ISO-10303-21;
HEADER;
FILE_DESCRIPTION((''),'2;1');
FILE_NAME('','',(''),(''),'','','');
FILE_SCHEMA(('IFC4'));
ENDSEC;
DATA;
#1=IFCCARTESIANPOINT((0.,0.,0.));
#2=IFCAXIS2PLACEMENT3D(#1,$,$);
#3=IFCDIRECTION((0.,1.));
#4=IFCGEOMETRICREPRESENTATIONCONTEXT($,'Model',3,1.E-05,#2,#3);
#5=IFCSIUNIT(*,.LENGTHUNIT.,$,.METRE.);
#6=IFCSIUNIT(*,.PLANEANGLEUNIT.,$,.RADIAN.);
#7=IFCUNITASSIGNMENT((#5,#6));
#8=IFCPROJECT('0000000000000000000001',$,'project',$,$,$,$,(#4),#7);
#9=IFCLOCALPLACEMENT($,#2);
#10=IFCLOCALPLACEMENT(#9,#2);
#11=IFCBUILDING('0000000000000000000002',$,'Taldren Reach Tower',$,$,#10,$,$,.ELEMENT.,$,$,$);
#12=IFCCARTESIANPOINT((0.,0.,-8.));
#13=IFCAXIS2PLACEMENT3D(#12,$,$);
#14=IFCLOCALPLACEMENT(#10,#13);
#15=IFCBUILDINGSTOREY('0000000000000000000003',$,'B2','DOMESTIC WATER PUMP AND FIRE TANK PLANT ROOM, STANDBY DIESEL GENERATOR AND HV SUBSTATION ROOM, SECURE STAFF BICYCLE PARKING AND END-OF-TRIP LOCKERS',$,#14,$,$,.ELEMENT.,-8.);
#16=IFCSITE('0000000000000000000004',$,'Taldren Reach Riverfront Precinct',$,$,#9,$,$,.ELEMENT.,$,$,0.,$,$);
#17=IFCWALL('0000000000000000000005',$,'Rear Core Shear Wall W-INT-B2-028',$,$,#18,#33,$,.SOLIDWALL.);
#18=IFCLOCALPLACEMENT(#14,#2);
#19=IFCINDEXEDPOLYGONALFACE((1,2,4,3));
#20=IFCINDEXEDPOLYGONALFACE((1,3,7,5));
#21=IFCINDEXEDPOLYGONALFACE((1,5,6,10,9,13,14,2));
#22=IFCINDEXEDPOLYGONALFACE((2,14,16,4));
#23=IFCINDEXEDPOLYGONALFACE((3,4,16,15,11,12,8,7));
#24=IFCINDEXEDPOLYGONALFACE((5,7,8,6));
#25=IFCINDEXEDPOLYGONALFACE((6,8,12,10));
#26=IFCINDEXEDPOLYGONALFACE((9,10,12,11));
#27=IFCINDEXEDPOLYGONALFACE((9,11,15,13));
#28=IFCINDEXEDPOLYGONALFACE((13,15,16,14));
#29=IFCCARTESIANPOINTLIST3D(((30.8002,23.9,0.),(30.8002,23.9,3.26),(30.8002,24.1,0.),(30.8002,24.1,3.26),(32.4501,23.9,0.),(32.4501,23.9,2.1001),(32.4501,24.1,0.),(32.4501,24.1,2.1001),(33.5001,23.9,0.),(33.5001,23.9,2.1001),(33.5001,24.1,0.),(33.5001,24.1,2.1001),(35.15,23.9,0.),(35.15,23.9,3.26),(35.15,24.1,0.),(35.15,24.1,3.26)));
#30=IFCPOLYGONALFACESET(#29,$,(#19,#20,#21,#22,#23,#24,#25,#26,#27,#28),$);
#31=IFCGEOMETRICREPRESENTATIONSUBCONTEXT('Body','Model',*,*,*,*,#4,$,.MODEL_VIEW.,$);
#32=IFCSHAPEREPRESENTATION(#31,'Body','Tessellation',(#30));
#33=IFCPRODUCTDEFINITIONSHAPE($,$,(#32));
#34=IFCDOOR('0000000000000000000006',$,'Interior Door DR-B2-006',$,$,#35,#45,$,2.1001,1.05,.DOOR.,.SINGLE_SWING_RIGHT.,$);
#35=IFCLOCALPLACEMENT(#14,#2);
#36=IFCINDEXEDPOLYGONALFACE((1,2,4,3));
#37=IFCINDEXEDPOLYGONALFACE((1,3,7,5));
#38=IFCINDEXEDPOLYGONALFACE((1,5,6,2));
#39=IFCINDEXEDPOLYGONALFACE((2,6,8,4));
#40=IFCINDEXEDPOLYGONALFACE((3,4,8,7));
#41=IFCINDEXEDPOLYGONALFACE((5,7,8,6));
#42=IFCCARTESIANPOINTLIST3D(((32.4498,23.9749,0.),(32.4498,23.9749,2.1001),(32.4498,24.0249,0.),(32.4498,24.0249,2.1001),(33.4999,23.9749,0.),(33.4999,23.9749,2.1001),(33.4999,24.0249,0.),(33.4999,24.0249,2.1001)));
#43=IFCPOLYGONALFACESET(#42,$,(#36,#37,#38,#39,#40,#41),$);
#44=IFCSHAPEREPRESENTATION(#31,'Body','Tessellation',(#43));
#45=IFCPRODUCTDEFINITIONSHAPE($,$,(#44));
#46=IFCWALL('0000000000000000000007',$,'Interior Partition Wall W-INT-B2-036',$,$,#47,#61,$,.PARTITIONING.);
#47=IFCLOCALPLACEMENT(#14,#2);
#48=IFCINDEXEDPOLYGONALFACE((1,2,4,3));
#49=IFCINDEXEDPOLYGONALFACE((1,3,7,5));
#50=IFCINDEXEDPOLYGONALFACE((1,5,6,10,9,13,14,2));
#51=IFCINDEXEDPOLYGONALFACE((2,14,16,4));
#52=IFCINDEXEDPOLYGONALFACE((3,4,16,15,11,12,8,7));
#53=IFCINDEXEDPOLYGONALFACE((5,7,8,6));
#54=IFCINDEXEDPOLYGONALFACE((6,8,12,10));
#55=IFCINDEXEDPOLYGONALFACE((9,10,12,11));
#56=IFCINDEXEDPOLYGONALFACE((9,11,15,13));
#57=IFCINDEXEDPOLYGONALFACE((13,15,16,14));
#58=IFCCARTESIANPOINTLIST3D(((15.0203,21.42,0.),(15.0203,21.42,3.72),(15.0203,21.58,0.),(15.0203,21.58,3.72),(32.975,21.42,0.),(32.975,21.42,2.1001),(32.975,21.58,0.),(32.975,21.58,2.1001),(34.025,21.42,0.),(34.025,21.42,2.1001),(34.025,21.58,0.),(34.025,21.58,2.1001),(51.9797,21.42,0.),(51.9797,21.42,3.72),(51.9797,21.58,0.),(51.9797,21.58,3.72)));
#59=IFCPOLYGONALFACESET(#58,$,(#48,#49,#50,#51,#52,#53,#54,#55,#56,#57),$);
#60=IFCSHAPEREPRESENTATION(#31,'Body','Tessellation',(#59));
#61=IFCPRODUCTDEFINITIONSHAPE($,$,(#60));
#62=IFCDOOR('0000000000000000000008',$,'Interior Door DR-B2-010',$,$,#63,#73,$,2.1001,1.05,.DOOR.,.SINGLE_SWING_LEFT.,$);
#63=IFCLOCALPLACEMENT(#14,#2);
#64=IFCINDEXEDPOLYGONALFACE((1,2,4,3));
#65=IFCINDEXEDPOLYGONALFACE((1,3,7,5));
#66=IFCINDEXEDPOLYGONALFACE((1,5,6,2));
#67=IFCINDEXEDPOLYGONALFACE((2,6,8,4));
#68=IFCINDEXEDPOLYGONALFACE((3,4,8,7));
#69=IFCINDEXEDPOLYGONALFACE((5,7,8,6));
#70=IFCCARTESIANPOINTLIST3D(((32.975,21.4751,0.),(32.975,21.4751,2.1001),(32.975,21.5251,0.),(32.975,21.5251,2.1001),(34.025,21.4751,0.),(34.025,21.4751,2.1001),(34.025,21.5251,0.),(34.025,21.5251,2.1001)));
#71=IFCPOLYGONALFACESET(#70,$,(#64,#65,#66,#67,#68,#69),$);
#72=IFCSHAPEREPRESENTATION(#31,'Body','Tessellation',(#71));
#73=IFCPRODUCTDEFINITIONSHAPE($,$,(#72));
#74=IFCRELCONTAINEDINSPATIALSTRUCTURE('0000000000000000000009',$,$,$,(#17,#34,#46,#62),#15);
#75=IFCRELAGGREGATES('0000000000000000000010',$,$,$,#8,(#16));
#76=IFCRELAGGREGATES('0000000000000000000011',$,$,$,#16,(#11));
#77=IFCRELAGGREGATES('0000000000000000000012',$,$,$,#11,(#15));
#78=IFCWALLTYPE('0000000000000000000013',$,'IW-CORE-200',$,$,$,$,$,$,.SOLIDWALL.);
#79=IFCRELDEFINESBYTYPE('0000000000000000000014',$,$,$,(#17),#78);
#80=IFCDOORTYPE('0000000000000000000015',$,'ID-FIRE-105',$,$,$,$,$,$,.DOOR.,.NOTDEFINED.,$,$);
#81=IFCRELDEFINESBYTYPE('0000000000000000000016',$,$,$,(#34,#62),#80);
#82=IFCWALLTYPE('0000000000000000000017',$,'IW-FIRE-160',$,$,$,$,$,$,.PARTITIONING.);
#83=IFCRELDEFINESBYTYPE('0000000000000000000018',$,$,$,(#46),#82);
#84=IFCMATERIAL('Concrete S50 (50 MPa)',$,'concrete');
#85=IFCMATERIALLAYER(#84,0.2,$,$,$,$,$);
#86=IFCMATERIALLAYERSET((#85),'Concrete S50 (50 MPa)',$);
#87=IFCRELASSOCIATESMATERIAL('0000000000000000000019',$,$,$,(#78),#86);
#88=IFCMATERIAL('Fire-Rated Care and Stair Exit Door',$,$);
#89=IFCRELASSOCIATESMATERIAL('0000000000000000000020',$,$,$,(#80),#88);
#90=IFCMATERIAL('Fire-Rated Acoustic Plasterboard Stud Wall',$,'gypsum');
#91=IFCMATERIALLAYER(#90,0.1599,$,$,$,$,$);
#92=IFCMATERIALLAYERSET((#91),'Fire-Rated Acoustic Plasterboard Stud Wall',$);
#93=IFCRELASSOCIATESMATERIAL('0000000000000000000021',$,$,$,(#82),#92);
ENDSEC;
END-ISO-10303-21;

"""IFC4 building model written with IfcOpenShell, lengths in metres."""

from ifc_helpers import new_model, si_unit, direction, frame, frame_2d, origin, place, context, subcontext, project, spatial, rectangle, extrude, source, transform, mapped, material, layer, layer_set, type_object, element, fill, save


model = new_model("IFC4")

# Units and contexts
model_context = context("Model", 3, precision=1e-05, world=origin(), true_north=direction((0.0, 1.0)))
body_context = subcontext(model_context, "Body", "Model", "MODEL_VIEW")
ifc_project = project(units=[si_unit("LENGTHUNIT", "METRE"), si_unit("PLANEANGLEUNIT", "RADIAN")], contexts=[model_context])

# Site, building, storey
site_placement = place(None, origin())
site = spatial("IfcSite", under=ifc_project, at=site_placement, Name="Taldren Reach Riverfront Precinct", CompositionType="ELEMENT", RefElevation=0.0)
building_placement = place(site_placement, origin())
building = spatial("IfcBuilding", under=site, at=building_placement, Name="Taldren Reach Tower", CompositionType="ELEMENT")
storey_placement = place(building_placement, frame((0.0, 0.0, -8.0)))
storey = spatial("IfcBuildingStorey", under=building, at=storey_placement, Name="B2", Description="DOMESTIC WATER PUMP AND FIRE TANK PLANT ROOM, STANDBY DIESEL GENERATOR AND HV SUBSTATION ROOM, SECURE STAFF BICYCLE PARKING AND END-OF-TRIP LOCKERS", CompositionType="ELEMENT", Elevation=-8.0)

# Shared definitions
ifc_material_1 = material(Name="Concrete S50 (50 MPa)", Category="concrete")

# Walls, openings, doors
ifc_layer_1 = layer(ifc_material_1, 0.2)
ifc_layer_set_1 = layer_set([ifc_layer_1], Name="Concrete S50 (50 MPa)")
wall_type_1 = type_object("IfcWallType", Name="IW-CORE-200", PredefinedType="SOLIDWALL", material=ifc_layer_set_1)
shared_shape_1 = source(origin(), body_context, "Body", "SweptSolid", [
    extrude(rectangle(XDim=1.05, YDim=2.1001, at=frame_2d((0.5249, 1.05))), frame((0.0, 0.1099, 0.0), z_axis=(0.0, -1.0, 0.0), x_axis=(1.0, 0.0, 0.0)), (0.0, 0.0, 1.0), 0.22),
])
ifc_material_2 = material(Name="Fire-Rated Care and Stair Exit Door")
door_type = type_object("IfcDoorType", Name="ID-FIRE-105", OperationType="NOTDEFINED", PredefinedType="DOOR", material=ifc_material_2)
shared_shape_2 = source(origin(), body_context, "Body", "SweptSolid", [
    extrude(rectangle(XDim=1.05, YDim=2.1001, at=frame_2d((0.5249, 1.05))), frame((0.0, 0.0249, 0.0), z_axis=(0.0, -1.0, 0.0), x_axis=(1.0, 0.0, 0.0)), (0.0, 0.0, 1.0), 0.05),
])
shared_shape_3 = source(origin(), body_context, "Body", "SweptSolid", [
    extrude(rectangle(XDim=4.3499, YDim=0.2, at=frame_2d((2.1748, 0.0))), origin(), (0.0, 0.0, 1.0), 3.26),
])
wall_1_placement = place(storey_placement, frame((35.1499, 24.0, 0.0), z_axis=(0.0, 0.0, 1.0), x_axis=(-1.0, 0.0, 0.0)))
wall_1 = element("IfcWall", 1, at=wall_1_placement, inside=storey, type_object=wall_type_1, Name="Rear Core Shear Wall W-INT-B2-028", PredefinedType="SOLIDWALL", context=body_context, shape_type="MappedRepresentation", body=[
    mapped(shared_shape_3, transform((0.0, 0.0, 0.0), scale=1.0)),
])
opening_1_placement = place(wall_1_placement, frame((1.6499, 0.0, 0.0)))
opening_1 = element("IfcOpeningElement", 2, at=opening_1_placement, cuts=wall_1, PredefinedType="OPENING", context=body_context, shape_type="MappedRepresentation", body=[
    mapped(shared_shape_1, transform((0.0, 0.0, 0.0), scale=1.0)),
])
door_1_placement = place(opening_1_placement, frame((1.05, 0.0, 0.0), z_axis=(0.0, 0.0, 1.0), x_axis=(-1.0, 0.0, 0.0)))
door_1 = element("IfcDoor", 3, at=door_1_placement, inside=storey, type_object=door_type, Name="Interior Door DR-B2-006", OperationType="SINGLE_SWING_RIGHT", OverallHeight=2.1001, OverallWidth=1.05, PredefinedType="DOOR", context=body_context, shape_type="MappedRepresentation", body=[
    mapped(shared_shape_2, transform((0.0, 0.0, 0.0), scale=1.0)),
])
fill(opening_1, door_1)
ifc_material_3 = material(Name="Fire-Rated Acoustic Plasterboard Stud Wall", Category="gypsum")
ifc_layer_2 = layer(ifc_material_3, 0.1599)
ifc_layer_set_2 = layer_set([ifc_layer_2], Name="Fire-Rated Acoustic Plasterboard Stud Wall")
wall_type_2 = type_object("IfcWallType", Name="IW-FIRE-160", PredefinedType="PARTITIONING", material=ifc_layer_set_2)
shared_shape_4 = source(origin(), body_context, "Body", "SweptSolid", [
    extrude(rectangle(XDim=36.9595, YDim=0.1599, at=frame_2d((18.4797, 0.0))), origin(), (0.0, 0.0, 1.0), 3.72),
])
wall_2_placement = place(storey_placement, frame((51.9797, 21.5, 0.0), z_axis=(0.0, 0.0, 1.0), x_axis=(-1.0, 0.0, 0.0)))
wall_2 = element("IfcWall", 4, at=wall_2_placement, inside=storey, type_object=wall_type_2, Name="Interior Partition Wall W-INT-B2-036", PredefinedType="PARTITIONING", context=body_context, shape_type="MappedRepresentation", body=[
    mapped(shared_shape_4, transform((0.0, 0.0, 0.0), scale=1.0)),
])
shared_shape_5 = source(origin(), body_context, "Body", "SweptSolid", [
    extrude(rectangle(XDim=1.05, YDim=2.1001, at=frame_2d((0.5249, 1.05))), frame((0.0, 0.0898, 0.0), z_axis=(0.0, -1.0, 0.0), x_axis=(1.0, 0.0, 0.0)), (0.0, 0.0, 1.0), 0.1799),
])
opening_2_placement = place(wall_2_placement, frame((17.9548, 0.0, 0.0)))
opening_2 = element("IfcOpeningElement", 5, at=opening_2_placement, cuts=wall_2, PredefinedType="OPENING", context=body_context, shape_type="MappedRepresentation", body=[
    mapped(shared_shape_5, transform((0.0, 0.0, 0.0), scale=1.0)),
])
door_2_placement = place(opening_2_placement, origin())
door_2 = element("IfcDoor", 6, at=door_2_placement, inside=storey, type_object=door_type, Name="Interior Door DR-B2-010", OperationType="SINGLE_SWING_LEFT", OverallHeight=2.1001, OverallWidth=1.05, PredefinedType="DOOR", context=body_context, shape_type="MappedRepresentation", body=[
    mapped(shared_shape_2, transform((0.0, 0.0, 0.0), scale=1.0)),
])
fill(opening_2, door_2)

save(model, "model.ifc")
